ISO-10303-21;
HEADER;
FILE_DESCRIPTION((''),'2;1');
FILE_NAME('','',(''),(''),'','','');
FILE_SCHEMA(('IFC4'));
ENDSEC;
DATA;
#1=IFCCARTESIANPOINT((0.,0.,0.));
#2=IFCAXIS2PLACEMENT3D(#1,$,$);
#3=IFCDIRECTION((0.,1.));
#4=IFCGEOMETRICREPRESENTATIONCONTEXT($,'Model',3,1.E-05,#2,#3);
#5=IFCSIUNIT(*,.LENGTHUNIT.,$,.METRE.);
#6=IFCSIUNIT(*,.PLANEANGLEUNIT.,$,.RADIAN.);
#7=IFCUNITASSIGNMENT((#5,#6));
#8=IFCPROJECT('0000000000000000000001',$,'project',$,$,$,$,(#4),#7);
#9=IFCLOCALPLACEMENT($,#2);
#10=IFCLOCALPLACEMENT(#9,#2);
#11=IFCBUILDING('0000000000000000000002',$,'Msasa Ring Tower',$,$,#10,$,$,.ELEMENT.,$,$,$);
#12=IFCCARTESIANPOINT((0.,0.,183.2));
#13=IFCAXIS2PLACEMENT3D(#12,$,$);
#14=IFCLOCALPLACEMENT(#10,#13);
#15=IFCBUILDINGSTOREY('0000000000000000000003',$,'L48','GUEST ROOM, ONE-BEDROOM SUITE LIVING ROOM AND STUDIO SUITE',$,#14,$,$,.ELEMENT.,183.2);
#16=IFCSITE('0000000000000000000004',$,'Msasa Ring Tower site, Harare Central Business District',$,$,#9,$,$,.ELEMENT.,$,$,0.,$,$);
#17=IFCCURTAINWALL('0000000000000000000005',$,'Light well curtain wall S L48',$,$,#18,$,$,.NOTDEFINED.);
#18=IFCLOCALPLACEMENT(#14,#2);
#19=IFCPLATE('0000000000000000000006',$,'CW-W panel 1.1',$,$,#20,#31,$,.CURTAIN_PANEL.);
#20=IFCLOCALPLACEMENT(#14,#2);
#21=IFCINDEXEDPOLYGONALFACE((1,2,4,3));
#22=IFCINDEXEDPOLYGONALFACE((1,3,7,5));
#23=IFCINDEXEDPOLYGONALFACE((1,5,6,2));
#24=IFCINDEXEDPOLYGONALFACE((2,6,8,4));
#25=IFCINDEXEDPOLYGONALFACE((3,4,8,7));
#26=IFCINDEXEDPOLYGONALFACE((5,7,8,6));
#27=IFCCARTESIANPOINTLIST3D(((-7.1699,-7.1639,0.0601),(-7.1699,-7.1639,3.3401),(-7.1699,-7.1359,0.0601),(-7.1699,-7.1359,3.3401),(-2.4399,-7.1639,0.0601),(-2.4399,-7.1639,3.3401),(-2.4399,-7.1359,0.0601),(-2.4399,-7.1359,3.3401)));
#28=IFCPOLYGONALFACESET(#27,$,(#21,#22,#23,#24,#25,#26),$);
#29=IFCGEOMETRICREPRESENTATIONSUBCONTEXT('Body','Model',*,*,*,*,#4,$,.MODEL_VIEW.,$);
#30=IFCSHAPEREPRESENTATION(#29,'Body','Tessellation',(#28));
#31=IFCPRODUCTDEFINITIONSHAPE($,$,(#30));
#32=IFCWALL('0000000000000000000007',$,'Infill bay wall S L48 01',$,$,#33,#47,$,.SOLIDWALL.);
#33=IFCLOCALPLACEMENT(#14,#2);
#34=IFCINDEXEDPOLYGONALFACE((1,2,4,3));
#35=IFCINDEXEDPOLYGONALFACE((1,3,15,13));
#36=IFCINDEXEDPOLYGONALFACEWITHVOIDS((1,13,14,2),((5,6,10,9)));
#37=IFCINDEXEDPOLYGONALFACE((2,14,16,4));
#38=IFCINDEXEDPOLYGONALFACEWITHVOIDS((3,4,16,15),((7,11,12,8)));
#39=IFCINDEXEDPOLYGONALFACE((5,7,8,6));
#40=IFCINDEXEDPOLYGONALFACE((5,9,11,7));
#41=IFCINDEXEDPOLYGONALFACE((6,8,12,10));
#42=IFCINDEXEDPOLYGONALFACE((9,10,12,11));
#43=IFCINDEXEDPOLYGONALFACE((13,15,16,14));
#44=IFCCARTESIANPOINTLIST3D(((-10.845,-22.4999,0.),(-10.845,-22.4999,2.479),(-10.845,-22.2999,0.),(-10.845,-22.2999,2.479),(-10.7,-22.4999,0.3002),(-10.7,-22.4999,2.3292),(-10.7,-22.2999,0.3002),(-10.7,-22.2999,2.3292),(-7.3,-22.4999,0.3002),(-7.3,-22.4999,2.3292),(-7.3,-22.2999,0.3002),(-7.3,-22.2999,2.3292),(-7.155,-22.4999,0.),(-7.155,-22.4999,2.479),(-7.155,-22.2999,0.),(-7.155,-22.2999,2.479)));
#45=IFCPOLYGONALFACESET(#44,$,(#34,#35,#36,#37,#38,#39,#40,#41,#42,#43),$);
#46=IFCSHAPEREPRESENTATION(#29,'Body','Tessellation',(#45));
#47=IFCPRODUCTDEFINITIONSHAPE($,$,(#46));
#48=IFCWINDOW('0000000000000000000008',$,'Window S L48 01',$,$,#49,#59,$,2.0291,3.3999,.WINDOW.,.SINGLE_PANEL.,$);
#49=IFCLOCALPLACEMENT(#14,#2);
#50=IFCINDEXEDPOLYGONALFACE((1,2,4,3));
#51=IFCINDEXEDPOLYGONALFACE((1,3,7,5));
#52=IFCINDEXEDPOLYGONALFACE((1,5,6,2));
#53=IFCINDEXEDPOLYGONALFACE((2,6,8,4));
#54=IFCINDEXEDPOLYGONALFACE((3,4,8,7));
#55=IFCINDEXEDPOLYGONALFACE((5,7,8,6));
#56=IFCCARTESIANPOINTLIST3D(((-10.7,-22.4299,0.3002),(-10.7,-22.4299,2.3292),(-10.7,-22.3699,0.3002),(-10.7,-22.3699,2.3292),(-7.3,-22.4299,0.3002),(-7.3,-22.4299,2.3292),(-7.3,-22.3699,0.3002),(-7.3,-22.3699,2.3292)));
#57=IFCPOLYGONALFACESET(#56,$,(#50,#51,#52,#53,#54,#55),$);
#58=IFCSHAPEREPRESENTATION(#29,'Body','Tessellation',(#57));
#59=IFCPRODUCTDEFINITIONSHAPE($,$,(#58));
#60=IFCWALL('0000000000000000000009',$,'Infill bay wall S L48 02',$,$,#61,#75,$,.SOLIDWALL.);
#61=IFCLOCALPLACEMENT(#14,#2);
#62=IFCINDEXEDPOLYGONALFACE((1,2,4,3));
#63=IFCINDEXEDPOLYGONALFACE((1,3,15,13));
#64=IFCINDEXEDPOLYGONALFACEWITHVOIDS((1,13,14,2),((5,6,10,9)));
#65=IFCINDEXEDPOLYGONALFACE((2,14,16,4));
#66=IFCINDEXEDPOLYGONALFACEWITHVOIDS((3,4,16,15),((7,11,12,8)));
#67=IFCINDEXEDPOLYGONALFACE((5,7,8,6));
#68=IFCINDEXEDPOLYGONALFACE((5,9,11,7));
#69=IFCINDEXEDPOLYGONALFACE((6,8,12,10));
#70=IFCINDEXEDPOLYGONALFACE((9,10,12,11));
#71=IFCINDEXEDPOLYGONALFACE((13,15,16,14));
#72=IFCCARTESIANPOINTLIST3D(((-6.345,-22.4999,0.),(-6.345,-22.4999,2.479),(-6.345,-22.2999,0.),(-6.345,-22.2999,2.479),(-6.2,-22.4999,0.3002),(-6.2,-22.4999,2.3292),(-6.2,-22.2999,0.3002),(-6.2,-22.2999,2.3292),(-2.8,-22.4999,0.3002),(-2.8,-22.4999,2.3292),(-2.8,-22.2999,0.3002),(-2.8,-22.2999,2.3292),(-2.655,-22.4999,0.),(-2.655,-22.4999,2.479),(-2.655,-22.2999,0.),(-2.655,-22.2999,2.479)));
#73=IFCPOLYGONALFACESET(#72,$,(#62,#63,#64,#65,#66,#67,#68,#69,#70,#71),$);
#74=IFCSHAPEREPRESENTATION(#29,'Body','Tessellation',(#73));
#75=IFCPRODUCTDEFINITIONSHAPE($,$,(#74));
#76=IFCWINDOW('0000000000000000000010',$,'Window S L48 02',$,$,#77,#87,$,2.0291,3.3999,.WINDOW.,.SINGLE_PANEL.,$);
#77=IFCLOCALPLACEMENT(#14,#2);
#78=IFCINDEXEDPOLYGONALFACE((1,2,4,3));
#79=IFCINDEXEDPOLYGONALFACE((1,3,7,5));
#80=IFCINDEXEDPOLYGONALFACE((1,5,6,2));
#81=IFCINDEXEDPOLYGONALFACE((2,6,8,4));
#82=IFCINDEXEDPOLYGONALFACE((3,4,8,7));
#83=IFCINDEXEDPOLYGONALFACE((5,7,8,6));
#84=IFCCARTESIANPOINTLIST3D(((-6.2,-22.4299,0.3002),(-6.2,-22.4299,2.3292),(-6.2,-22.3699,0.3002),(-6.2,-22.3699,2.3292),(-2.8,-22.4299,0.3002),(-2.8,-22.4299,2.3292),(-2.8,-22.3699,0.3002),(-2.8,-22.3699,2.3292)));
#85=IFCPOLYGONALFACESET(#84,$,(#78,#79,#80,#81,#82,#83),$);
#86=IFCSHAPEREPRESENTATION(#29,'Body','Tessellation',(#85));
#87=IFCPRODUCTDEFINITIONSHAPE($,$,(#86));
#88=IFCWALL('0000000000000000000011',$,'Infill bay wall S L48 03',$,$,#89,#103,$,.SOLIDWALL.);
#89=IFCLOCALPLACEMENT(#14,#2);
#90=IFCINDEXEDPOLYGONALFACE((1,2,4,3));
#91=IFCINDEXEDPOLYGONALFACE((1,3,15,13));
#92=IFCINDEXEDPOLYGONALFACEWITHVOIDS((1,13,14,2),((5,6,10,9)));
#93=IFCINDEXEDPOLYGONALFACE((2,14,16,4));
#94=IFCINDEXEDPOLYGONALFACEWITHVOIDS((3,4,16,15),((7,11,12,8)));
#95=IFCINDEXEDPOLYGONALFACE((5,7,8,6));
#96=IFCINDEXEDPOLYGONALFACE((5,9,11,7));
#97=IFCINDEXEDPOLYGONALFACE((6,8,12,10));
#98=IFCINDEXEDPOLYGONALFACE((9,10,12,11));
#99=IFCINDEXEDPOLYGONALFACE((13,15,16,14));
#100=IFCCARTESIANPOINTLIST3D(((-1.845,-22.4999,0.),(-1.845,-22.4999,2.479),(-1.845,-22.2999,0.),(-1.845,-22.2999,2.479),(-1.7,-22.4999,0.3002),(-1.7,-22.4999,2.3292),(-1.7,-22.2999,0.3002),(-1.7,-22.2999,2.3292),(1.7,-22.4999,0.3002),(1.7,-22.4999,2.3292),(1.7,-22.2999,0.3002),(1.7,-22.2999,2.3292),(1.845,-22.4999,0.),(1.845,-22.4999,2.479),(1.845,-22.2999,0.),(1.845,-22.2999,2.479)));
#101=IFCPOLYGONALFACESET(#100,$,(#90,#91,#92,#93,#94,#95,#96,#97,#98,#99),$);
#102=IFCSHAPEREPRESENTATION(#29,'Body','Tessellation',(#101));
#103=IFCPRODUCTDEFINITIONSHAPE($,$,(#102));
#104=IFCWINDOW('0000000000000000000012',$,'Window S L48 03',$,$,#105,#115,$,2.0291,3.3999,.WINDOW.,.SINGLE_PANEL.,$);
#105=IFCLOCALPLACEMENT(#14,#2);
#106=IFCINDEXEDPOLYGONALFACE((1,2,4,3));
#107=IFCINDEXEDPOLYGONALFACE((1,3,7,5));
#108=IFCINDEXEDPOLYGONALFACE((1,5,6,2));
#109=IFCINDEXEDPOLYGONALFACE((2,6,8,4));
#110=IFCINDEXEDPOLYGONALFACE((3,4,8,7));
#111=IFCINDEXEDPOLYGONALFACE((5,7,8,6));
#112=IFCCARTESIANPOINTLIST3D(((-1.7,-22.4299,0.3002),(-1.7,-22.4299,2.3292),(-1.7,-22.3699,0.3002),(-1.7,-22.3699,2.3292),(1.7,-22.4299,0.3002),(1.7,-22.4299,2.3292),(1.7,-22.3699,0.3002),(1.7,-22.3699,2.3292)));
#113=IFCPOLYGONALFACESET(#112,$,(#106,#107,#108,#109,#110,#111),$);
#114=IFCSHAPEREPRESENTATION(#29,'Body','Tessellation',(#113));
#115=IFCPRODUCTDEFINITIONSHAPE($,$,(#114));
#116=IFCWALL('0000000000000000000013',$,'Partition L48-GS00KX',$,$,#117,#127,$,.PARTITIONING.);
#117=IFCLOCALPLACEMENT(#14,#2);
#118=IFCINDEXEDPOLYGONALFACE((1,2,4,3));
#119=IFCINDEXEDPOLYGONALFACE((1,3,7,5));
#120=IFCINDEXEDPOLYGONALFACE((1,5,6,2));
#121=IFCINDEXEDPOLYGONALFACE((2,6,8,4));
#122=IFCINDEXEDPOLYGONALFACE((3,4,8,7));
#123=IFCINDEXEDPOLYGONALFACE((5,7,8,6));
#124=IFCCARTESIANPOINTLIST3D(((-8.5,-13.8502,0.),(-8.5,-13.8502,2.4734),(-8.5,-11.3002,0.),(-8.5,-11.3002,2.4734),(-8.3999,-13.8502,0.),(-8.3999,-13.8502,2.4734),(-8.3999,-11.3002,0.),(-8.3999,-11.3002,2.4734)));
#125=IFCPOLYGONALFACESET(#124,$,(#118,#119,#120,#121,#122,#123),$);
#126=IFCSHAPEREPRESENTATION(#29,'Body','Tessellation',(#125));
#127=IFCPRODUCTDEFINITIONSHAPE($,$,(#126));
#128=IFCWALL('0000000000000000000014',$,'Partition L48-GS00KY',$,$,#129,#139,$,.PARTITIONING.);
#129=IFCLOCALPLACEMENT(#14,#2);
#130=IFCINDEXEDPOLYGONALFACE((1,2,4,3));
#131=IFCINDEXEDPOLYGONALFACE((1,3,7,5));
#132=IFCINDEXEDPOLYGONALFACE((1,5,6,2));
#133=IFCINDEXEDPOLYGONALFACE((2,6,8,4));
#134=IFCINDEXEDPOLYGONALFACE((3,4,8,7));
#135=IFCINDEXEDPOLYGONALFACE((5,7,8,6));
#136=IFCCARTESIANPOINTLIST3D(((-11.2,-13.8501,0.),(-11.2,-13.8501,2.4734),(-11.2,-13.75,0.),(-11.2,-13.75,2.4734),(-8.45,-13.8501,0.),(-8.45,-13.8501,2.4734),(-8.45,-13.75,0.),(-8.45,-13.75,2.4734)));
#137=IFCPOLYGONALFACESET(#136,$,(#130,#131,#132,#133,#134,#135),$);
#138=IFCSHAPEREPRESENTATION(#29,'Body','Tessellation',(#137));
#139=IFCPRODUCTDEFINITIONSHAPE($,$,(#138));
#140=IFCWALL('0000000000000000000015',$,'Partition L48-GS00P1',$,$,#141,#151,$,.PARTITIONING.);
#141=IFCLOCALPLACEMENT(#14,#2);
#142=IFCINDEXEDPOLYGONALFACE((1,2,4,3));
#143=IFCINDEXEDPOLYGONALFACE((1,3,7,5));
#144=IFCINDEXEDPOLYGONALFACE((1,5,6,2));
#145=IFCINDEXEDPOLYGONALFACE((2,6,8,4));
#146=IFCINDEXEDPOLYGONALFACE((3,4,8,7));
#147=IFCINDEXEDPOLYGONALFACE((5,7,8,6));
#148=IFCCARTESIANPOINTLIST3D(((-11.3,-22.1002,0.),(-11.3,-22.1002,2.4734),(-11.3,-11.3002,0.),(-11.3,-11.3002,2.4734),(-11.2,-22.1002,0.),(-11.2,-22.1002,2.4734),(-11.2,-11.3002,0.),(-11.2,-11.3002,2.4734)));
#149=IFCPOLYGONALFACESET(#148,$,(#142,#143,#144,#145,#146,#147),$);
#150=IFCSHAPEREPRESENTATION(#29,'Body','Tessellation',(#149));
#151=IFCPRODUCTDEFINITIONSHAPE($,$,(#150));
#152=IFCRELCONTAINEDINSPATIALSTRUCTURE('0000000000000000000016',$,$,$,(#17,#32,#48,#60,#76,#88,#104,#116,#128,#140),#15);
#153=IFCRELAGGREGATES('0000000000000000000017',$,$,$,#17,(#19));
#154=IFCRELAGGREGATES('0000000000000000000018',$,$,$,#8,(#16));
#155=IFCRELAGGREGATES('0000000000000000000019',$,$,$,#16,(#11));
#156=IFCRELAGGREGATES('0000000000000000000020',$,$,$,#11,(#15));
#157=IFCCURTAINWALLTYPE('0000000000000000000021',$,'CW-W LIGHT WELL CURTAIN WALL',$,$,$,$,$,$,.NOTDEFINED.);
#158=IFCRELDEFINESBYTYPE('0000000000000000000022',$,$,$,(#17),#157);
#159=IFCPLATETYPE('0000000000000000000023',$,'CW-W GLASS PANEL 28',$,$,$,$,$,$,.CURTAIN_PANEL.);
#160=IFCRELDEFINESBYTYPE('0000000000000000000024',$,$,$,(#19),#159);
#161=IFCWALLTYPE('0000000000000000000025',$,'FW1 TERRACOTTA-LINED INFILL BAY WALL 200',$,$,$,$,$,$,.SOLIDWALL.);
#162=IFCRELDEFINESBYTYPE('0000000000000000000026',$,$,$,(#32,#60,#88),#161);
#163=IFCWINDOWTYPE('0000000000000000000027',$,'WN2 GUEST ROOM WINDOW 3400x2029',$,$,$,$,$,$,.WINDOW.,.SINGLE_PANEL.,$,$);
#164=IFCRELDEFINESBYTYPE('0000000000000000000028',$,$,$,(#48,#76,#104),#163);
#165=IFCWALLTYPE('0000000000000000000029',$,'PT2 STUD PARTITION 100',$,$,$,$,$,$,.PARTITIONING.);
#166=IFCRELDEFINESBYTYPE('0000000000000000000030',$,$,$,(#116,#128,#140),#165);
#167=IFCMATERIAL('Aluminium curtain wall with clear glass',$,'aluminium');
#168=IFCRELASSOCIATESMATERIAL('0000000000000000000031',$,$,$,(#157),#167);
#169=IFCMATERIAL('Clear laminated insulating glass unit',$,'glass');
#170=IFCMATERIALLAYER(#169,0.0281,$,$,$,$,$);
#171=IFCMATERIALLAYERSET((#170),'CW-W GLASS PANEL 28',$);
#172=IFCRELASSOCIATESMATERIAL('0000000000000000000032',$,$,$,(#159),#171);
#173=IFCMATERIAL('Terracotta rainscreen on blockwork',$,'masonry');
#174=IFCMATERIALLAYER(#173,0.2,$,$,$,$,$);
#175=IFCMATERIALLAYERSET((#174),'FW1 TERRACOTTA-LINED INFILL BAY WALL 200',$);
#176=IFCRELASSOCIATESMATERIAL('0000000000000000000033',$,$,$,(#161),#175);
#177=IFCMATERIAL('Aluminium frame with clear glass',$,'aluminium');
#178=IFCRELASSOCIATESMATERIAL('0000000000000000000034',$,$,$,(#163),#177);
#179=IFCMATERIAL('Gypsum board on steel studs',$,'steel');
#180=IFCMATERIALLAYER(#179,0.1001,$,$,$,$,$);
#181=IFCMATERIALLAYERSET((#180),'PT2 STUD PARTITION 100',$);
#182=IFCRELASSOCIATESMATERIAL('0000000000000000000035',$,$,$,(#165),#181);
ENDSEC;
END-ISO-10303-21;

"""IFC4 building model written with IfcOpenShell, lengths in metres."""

from ifc_helpers import new_model, si_unit, direction, frame, frame_2d, origin, origin_2d, place, context, subcontext, project, spatial, rectangle, extrude, material, layer, layer_set, type_object, element, fill, aggregate, save


model = new_model("IFC4")

# Units and contexts
model_context = context("Model", 3, precision=1e-05, world=origin(), true_north=direction((0.0, 1.0)))
body_context = subcontext(model_context, "Body", "Model", "MODEL_VIEW")
ifc_project = project(units=[si_unit("LENGTHUNIT", "METRE"), si_unit("PLANEANGLEUNIT", "RADIAN")], contexts=[model_context])

# Site, building, storey
site_placement = place(None, origin())
site = spatial("IfcSite", under=ifc_project, at=site_placement, Name="Msasa Ring Tower site, Harare Central Business District", CompositionType="ELEMENT", RefElevation=0.0)
building_placement = place(site_placement, origin())
building = spatial("IfcBuilding", under=site, at=building_placement, Name="Msasa Ring Tower", CompositionType="ELEMENT")
storey_placement = place(building_placement, frame((0.0, 0.0, 183.2)))
storey = spatial("IfcBuildingStorey", under=building, at=storey_placement, Name="L48", Description="GUEST ROOM, ONE-BEDROOM SUITE LIVING ROOM AND STUDIO SUITE", CompositionType="ELEMENT", Elevation=183.2)

# Curtain wall
ifc_material_1 = material(Name="Aluminium curtain wall with clear glass", Category="aluminium")
curtain_wall_type = type_object("IfcCurtainWallType", Name="CW-W LIGHT WELL CURTAIN WALL", PredefinedType="NOTDEFINED", material=ifc_material_1)
curtain_wall_placement = place(storey_placement, origin())
curtain_wall = element("IfcCurtainWall", 1, at=curtain_wall_placement, inside=storey, type_object=curtain_wall_type, Name="Light well curtain wall S L48", PredefinedType="NOTDEFINED")

# Plate
ifc_material_2 = material(Name="Clear laminated insulating glass unit", Category="glass")
ifc_layer_1 = layer(ifc_material_2, 0.0281)
ifc_layer_set_1 = layer_set([ifc_layer_1], Name="CW-W GLASS PANEL 28")
plate_type = type_object("IfcPlateType", Name="CW-W GLASS PANEL 28", PredefinedType="CURTAIN_PANEL", material=ifc_layer_set_1)
plate_placement = place(storey_placement, frame((-4.8049, -7.1499, 0.0601), z_axis=(0.0, 0.0, 1.0), x_axis=(1.0, 0.0, 0.0)))
plate = element("IfcPlate", 2, at=plate_placement, type_object=plate_type, Name="CW-W panel 1.1", PredefinedType="CURTAIN_PANEL", context=body_context, shape_type="SweptSolid", body=[
    extrude(rectangle(XDim=4.73, YDim=0.0281, at=origin_2d()), origin(), (0.0, 0.0, 1.0), 3.28),
])
aggregate(curtain_wall, [plate])

# Walls, openings, windows
ifc_material_3 = material(Name="Terracotta rainscreen on blockwork", Category="masonry")
ifc_layer_2 = layer(ifc_material_3, 0.2)
ifc_layer_set_2 = layer_set([ifc_layer_2], Name="FW1 TERRACOTTA-LINED INFILL BAY WALL 200")
wall_type_1 = type_object("IfcWallType", Name="FW1 TERRACOTTA-LINED INFILL BAY WALL 200", PredefinedType="SOLIDWALL", material=ifc_layer_set_2)
wall_1_placement = place(storey_placement, frame((-10.845, -22.3999, 0.0), z_axis=(0.0, 0.0, 1.0), x_axis=(1.0, 0.0, 0.0)))
wall_1 = element("IfcWall", 3, at=wall_1_placement, inside=storey, type_object=wall_type_1, Name="Infill bay wall S L48 01", PredefinedType="SOLIDWALL", context=body_context, shape_type="SweptSolid", body=[
    extrude(rectangle(XDim=3.6899, YDim=0.2, at=frame_2d((1.845, 0.0))), origin(), (0.0, 0.0, 1.0), 2.479),
])
opening_1_placement = place(wall_1_placement, frame((0.145, 0.0, 0.3)))
opening_1 = element("IfcOpeningElement", 4, at=opening_1_placement, cuts=wall_1, PredefinedType="OPENING", context=body_context, shape_type="SweptSolid", body=[
    extrude(rectangle(XDim=3.3999, YDim=2.0291, at=frame_2d((1.7, 1.0146))), frame((0.0, 0.1099, 0.0), z_axis=(0.0, -1.0, 0.0), x_axis=(1.0, 0.0, 0.0)), (0.0, 0.0, 1.0), 0.22),
])
ifc_material_4 = material(Name="Aluminium frame with clear glass", Category="aluminium")
window_type = type_object("IfcWindowType", Name="WN2 GUEST ROOM WINDOW 3400x2029", PartitioningType="SINGLE_PANEL", PredefinedType="WINDOW", material=ifc_material_4)
window_1_placement = place(opening_1_placement, origin())
window_1 = element("IfcWindow", 5, at=window_1_placement, inside=storey, type_object=window_type, Name="Window S L48 01", OverallHeight=2.0291, OverallWidth=3.3999, PartitioningType="SINGLE_PANEL", PredefinedType="WINDOW", context=body_context, shape_type="SweptSolid", body=[
    extrude(rectangle(XDim=3.3999, YDim=2.0291, at=frame_2d((1.7, 1.0146))), frame((0.0, 0.03, 0.0), z_axis=(0.0, -1.0, 0.0), x_axis=(1.0, 0.0, 0.0)), (0.0, 0.0, 1.0), 0.0601),
])
fill(opening_1, window_1)
wall_2_placement = place(storey_placement, frame((-6.345, -22.3999, 0.0), z_axis=(0.0, 0.0, 1.0), x_axis=(1.0, 0.0, 0.0)))
wall_2 = element("IfcWall", 6, at=wall_2_placement, inside=storey, type_object=wall_type_1, Name="Infill bay wall S L48 02", PredefinedType="SOLIDWALL", context=body_context, shape_type="SweptSolid", body=[
    extrude(rectangle(XDim=3.6899, YDim=0.2, at=frame_2d((1.845, 0.0))), origin(), (0.0, 0.0, 1.0), 2.479),
])
opening_2_placement = place(wall_2_placement, frame((0.145, 0.0, 0.3)))
opening_2 = element("IfcOpeningElement", 7, at=opening_2_placement, cuts=wall_2, PredefinedType="OPENING", context=body_context, shape_type="SweptSolid", body=[
    extrude(rectangle(XDim=3.3999, YDim=2.0291, at=frame_2d((1.7, 1.0146))), frame((0.0, 0.1099, 0.0), z_axis=(0.0, -1.0, 0.0), x_axis=(1.0, 0.0, 0.0)), (0.0, 0.0, 1.0), 0.22),
])
window_2_placement = place(opening_2_placement, origin())
window_2 = element("IfcWindow", 8, at=window_2_placement, inside=storey, type_object=window_type, Name="Window S L48 02", OverallHeight=2.0291, OverallWidth=3.3999, PartitioningType="SINGLE_PANEL", PredefinedType="WINDOW", context=body_context, shape_type="SweptSolid", body=[
    extrude(rectangle(XDim=3.3999, YDim=2.0291, at=frame_2d((1.7, 1.0146))), frame((0.0, 0.03, 0.0), z_axis=(0.0, -1.0, 0.0), x_axis=(1.0, 0.0, 0.0)), (0.0, 0.0, 1.0), 0.0601),
])
fill(opening_2, window_2)
wall_3_placement = place(storey_placement, frame((-1.845, -22.3999, 0.0), z_axis=(0.0, 0.0, 1.0), x_axis=(1.0, 0.0, 0.0)))
wall_3 = element("IfcWall", 9, at=wall_3_placement, inside=storey, type_object=wall_type_1, Name="Infill bay wall S L48 03", PredefinedType="SOLIDWALL", context=body_context, shape_type="SweptSolid", body=[
    extrude(rectangle(XDim=3.6899, YDim=0.2, at=frame_2d((1.845, 0.0))), origin(), (0.0, 0.0, 1.0), 2.479),
])
opening_3_placement = place(wall_3_placement, frame((0.145, 0.0, 0.3)))
opening_3 = element("IfcOpeningElement", 10, at=opening_3_placement, cuts=wall_3, PredefinedType="OPENING", context=body_context, shape_type="SweptSolid", body=[
    extrude(rectangle(XDim=3.3999, YDim=2.0291, at=frame_2d((1.7, 1.0146))), frame((0.0, 0.1099, 0.0), z_axis=(0.0, -1.0, 0.0), x_axis=(1.0, 0.0, 0.0)), (0.0, 0.0, 1.0), 0.22),
])
window_3_placement = place(opening_3_placement, origin())
window_3 = element("IfcWindow", 11, at=window_3_placement, inside=storey, type_object=window_type, Name="Window S L48 03", OverallHeight=2.0291, OverallWidth=3.3999, PartitioningType="SINGLE_PANEL", PredefinedType="WINDOW", context=body_context, shape_type="SweptSolid", body=[
    extrude(rectangle(XDim=3.3999, YDim=2.0291, at=frame_2d((1.7, 1.0146))), frame((0.0, 0.03, 0.0), z_axis=(0.0, -1.0, 0.0), x_axis=(1.0, 0.0, 0.0)), (0.0, 0.0, 1.0), 0.0601),
])
fill(opening_3, window_3)

# Walls
ifc_material_5 = material(Name="Gypsum board on steel studs", Category="steel")
ifc_layer_3 = layer(ifc_material_5, 0.1001)
ifc_layer_set_3 = layer_set([ifc_layer_3], Name="PT2 STUD PARTITION 100")
wall_type_2 = type_object("IfcWallType", Name="PT2 STUD PARTITION 100", PredefinedType="PARTITIONING", material=ifc_layer_set_3)
wall_4_placement = place(storey_placement, frame((-8.45, -13.8501, 0.0), z_axis=(0.0, 0.0, 1.0), x_axis=(0.0, 1.0, 0.0)))
element("IfcWall", 12, at=wall_4_placement, inside=storey, type_object=wall_type_2, Name="Partition L48-GS00KX", PredefinedType="PARTITIONING", context=body_context, shape_type="SweptSolid", body=[
    extrude(rectangle(XDim=2.55, YDim=0.1001, at=frame_2d((1.2749, 0.0))), origin(), (0.0, 0.0, 1.0), 2.4734),
])
wall_5_placement = place(storey_placement, frame((-11.2, -13.8, 0.0), z_axis=(0.0, 0.0, 1.0), x_axis=(1.0, 0.0, 0.0)))
element("IfcWall", 13, at=wall_5_placement, inside=storey, type_object=wall_type_2, Name="Partition L48-GS00KY", PredefinedType="PARTITIONING", context=body_context, shape_type="SweptSolid", body=[
    extrude(rectangle(XDim=2.75, YDim=0.1001, at=frame_2d((1.375, 0.0))), origin(), (0.0, 0.0, 1.0), 2.4734),
])
wall_6_placement = place(storey_placement, frame((-11.25, -22.1001, 0.0), z_axis=(0.0, 0.0, 1.0), x_axis=(0.0, 1.0, 0.0)))
element("IfcWall", 14, at=wall_6_placement, inside=storey, type_object=wall_type_2, Name="Partition L48-GS00P1", PredefinedType="PARTITIONING", context=body_context, shape_type="SweptSolid", body=[
    extrude(rectangle(XDim=10.8, YDim=0.1001, at=frame_2d((5.3999, 0.0))), origin(), (0.0, 0.0, 1.0), 2.4734),
])

save(model, "model.ifc")
